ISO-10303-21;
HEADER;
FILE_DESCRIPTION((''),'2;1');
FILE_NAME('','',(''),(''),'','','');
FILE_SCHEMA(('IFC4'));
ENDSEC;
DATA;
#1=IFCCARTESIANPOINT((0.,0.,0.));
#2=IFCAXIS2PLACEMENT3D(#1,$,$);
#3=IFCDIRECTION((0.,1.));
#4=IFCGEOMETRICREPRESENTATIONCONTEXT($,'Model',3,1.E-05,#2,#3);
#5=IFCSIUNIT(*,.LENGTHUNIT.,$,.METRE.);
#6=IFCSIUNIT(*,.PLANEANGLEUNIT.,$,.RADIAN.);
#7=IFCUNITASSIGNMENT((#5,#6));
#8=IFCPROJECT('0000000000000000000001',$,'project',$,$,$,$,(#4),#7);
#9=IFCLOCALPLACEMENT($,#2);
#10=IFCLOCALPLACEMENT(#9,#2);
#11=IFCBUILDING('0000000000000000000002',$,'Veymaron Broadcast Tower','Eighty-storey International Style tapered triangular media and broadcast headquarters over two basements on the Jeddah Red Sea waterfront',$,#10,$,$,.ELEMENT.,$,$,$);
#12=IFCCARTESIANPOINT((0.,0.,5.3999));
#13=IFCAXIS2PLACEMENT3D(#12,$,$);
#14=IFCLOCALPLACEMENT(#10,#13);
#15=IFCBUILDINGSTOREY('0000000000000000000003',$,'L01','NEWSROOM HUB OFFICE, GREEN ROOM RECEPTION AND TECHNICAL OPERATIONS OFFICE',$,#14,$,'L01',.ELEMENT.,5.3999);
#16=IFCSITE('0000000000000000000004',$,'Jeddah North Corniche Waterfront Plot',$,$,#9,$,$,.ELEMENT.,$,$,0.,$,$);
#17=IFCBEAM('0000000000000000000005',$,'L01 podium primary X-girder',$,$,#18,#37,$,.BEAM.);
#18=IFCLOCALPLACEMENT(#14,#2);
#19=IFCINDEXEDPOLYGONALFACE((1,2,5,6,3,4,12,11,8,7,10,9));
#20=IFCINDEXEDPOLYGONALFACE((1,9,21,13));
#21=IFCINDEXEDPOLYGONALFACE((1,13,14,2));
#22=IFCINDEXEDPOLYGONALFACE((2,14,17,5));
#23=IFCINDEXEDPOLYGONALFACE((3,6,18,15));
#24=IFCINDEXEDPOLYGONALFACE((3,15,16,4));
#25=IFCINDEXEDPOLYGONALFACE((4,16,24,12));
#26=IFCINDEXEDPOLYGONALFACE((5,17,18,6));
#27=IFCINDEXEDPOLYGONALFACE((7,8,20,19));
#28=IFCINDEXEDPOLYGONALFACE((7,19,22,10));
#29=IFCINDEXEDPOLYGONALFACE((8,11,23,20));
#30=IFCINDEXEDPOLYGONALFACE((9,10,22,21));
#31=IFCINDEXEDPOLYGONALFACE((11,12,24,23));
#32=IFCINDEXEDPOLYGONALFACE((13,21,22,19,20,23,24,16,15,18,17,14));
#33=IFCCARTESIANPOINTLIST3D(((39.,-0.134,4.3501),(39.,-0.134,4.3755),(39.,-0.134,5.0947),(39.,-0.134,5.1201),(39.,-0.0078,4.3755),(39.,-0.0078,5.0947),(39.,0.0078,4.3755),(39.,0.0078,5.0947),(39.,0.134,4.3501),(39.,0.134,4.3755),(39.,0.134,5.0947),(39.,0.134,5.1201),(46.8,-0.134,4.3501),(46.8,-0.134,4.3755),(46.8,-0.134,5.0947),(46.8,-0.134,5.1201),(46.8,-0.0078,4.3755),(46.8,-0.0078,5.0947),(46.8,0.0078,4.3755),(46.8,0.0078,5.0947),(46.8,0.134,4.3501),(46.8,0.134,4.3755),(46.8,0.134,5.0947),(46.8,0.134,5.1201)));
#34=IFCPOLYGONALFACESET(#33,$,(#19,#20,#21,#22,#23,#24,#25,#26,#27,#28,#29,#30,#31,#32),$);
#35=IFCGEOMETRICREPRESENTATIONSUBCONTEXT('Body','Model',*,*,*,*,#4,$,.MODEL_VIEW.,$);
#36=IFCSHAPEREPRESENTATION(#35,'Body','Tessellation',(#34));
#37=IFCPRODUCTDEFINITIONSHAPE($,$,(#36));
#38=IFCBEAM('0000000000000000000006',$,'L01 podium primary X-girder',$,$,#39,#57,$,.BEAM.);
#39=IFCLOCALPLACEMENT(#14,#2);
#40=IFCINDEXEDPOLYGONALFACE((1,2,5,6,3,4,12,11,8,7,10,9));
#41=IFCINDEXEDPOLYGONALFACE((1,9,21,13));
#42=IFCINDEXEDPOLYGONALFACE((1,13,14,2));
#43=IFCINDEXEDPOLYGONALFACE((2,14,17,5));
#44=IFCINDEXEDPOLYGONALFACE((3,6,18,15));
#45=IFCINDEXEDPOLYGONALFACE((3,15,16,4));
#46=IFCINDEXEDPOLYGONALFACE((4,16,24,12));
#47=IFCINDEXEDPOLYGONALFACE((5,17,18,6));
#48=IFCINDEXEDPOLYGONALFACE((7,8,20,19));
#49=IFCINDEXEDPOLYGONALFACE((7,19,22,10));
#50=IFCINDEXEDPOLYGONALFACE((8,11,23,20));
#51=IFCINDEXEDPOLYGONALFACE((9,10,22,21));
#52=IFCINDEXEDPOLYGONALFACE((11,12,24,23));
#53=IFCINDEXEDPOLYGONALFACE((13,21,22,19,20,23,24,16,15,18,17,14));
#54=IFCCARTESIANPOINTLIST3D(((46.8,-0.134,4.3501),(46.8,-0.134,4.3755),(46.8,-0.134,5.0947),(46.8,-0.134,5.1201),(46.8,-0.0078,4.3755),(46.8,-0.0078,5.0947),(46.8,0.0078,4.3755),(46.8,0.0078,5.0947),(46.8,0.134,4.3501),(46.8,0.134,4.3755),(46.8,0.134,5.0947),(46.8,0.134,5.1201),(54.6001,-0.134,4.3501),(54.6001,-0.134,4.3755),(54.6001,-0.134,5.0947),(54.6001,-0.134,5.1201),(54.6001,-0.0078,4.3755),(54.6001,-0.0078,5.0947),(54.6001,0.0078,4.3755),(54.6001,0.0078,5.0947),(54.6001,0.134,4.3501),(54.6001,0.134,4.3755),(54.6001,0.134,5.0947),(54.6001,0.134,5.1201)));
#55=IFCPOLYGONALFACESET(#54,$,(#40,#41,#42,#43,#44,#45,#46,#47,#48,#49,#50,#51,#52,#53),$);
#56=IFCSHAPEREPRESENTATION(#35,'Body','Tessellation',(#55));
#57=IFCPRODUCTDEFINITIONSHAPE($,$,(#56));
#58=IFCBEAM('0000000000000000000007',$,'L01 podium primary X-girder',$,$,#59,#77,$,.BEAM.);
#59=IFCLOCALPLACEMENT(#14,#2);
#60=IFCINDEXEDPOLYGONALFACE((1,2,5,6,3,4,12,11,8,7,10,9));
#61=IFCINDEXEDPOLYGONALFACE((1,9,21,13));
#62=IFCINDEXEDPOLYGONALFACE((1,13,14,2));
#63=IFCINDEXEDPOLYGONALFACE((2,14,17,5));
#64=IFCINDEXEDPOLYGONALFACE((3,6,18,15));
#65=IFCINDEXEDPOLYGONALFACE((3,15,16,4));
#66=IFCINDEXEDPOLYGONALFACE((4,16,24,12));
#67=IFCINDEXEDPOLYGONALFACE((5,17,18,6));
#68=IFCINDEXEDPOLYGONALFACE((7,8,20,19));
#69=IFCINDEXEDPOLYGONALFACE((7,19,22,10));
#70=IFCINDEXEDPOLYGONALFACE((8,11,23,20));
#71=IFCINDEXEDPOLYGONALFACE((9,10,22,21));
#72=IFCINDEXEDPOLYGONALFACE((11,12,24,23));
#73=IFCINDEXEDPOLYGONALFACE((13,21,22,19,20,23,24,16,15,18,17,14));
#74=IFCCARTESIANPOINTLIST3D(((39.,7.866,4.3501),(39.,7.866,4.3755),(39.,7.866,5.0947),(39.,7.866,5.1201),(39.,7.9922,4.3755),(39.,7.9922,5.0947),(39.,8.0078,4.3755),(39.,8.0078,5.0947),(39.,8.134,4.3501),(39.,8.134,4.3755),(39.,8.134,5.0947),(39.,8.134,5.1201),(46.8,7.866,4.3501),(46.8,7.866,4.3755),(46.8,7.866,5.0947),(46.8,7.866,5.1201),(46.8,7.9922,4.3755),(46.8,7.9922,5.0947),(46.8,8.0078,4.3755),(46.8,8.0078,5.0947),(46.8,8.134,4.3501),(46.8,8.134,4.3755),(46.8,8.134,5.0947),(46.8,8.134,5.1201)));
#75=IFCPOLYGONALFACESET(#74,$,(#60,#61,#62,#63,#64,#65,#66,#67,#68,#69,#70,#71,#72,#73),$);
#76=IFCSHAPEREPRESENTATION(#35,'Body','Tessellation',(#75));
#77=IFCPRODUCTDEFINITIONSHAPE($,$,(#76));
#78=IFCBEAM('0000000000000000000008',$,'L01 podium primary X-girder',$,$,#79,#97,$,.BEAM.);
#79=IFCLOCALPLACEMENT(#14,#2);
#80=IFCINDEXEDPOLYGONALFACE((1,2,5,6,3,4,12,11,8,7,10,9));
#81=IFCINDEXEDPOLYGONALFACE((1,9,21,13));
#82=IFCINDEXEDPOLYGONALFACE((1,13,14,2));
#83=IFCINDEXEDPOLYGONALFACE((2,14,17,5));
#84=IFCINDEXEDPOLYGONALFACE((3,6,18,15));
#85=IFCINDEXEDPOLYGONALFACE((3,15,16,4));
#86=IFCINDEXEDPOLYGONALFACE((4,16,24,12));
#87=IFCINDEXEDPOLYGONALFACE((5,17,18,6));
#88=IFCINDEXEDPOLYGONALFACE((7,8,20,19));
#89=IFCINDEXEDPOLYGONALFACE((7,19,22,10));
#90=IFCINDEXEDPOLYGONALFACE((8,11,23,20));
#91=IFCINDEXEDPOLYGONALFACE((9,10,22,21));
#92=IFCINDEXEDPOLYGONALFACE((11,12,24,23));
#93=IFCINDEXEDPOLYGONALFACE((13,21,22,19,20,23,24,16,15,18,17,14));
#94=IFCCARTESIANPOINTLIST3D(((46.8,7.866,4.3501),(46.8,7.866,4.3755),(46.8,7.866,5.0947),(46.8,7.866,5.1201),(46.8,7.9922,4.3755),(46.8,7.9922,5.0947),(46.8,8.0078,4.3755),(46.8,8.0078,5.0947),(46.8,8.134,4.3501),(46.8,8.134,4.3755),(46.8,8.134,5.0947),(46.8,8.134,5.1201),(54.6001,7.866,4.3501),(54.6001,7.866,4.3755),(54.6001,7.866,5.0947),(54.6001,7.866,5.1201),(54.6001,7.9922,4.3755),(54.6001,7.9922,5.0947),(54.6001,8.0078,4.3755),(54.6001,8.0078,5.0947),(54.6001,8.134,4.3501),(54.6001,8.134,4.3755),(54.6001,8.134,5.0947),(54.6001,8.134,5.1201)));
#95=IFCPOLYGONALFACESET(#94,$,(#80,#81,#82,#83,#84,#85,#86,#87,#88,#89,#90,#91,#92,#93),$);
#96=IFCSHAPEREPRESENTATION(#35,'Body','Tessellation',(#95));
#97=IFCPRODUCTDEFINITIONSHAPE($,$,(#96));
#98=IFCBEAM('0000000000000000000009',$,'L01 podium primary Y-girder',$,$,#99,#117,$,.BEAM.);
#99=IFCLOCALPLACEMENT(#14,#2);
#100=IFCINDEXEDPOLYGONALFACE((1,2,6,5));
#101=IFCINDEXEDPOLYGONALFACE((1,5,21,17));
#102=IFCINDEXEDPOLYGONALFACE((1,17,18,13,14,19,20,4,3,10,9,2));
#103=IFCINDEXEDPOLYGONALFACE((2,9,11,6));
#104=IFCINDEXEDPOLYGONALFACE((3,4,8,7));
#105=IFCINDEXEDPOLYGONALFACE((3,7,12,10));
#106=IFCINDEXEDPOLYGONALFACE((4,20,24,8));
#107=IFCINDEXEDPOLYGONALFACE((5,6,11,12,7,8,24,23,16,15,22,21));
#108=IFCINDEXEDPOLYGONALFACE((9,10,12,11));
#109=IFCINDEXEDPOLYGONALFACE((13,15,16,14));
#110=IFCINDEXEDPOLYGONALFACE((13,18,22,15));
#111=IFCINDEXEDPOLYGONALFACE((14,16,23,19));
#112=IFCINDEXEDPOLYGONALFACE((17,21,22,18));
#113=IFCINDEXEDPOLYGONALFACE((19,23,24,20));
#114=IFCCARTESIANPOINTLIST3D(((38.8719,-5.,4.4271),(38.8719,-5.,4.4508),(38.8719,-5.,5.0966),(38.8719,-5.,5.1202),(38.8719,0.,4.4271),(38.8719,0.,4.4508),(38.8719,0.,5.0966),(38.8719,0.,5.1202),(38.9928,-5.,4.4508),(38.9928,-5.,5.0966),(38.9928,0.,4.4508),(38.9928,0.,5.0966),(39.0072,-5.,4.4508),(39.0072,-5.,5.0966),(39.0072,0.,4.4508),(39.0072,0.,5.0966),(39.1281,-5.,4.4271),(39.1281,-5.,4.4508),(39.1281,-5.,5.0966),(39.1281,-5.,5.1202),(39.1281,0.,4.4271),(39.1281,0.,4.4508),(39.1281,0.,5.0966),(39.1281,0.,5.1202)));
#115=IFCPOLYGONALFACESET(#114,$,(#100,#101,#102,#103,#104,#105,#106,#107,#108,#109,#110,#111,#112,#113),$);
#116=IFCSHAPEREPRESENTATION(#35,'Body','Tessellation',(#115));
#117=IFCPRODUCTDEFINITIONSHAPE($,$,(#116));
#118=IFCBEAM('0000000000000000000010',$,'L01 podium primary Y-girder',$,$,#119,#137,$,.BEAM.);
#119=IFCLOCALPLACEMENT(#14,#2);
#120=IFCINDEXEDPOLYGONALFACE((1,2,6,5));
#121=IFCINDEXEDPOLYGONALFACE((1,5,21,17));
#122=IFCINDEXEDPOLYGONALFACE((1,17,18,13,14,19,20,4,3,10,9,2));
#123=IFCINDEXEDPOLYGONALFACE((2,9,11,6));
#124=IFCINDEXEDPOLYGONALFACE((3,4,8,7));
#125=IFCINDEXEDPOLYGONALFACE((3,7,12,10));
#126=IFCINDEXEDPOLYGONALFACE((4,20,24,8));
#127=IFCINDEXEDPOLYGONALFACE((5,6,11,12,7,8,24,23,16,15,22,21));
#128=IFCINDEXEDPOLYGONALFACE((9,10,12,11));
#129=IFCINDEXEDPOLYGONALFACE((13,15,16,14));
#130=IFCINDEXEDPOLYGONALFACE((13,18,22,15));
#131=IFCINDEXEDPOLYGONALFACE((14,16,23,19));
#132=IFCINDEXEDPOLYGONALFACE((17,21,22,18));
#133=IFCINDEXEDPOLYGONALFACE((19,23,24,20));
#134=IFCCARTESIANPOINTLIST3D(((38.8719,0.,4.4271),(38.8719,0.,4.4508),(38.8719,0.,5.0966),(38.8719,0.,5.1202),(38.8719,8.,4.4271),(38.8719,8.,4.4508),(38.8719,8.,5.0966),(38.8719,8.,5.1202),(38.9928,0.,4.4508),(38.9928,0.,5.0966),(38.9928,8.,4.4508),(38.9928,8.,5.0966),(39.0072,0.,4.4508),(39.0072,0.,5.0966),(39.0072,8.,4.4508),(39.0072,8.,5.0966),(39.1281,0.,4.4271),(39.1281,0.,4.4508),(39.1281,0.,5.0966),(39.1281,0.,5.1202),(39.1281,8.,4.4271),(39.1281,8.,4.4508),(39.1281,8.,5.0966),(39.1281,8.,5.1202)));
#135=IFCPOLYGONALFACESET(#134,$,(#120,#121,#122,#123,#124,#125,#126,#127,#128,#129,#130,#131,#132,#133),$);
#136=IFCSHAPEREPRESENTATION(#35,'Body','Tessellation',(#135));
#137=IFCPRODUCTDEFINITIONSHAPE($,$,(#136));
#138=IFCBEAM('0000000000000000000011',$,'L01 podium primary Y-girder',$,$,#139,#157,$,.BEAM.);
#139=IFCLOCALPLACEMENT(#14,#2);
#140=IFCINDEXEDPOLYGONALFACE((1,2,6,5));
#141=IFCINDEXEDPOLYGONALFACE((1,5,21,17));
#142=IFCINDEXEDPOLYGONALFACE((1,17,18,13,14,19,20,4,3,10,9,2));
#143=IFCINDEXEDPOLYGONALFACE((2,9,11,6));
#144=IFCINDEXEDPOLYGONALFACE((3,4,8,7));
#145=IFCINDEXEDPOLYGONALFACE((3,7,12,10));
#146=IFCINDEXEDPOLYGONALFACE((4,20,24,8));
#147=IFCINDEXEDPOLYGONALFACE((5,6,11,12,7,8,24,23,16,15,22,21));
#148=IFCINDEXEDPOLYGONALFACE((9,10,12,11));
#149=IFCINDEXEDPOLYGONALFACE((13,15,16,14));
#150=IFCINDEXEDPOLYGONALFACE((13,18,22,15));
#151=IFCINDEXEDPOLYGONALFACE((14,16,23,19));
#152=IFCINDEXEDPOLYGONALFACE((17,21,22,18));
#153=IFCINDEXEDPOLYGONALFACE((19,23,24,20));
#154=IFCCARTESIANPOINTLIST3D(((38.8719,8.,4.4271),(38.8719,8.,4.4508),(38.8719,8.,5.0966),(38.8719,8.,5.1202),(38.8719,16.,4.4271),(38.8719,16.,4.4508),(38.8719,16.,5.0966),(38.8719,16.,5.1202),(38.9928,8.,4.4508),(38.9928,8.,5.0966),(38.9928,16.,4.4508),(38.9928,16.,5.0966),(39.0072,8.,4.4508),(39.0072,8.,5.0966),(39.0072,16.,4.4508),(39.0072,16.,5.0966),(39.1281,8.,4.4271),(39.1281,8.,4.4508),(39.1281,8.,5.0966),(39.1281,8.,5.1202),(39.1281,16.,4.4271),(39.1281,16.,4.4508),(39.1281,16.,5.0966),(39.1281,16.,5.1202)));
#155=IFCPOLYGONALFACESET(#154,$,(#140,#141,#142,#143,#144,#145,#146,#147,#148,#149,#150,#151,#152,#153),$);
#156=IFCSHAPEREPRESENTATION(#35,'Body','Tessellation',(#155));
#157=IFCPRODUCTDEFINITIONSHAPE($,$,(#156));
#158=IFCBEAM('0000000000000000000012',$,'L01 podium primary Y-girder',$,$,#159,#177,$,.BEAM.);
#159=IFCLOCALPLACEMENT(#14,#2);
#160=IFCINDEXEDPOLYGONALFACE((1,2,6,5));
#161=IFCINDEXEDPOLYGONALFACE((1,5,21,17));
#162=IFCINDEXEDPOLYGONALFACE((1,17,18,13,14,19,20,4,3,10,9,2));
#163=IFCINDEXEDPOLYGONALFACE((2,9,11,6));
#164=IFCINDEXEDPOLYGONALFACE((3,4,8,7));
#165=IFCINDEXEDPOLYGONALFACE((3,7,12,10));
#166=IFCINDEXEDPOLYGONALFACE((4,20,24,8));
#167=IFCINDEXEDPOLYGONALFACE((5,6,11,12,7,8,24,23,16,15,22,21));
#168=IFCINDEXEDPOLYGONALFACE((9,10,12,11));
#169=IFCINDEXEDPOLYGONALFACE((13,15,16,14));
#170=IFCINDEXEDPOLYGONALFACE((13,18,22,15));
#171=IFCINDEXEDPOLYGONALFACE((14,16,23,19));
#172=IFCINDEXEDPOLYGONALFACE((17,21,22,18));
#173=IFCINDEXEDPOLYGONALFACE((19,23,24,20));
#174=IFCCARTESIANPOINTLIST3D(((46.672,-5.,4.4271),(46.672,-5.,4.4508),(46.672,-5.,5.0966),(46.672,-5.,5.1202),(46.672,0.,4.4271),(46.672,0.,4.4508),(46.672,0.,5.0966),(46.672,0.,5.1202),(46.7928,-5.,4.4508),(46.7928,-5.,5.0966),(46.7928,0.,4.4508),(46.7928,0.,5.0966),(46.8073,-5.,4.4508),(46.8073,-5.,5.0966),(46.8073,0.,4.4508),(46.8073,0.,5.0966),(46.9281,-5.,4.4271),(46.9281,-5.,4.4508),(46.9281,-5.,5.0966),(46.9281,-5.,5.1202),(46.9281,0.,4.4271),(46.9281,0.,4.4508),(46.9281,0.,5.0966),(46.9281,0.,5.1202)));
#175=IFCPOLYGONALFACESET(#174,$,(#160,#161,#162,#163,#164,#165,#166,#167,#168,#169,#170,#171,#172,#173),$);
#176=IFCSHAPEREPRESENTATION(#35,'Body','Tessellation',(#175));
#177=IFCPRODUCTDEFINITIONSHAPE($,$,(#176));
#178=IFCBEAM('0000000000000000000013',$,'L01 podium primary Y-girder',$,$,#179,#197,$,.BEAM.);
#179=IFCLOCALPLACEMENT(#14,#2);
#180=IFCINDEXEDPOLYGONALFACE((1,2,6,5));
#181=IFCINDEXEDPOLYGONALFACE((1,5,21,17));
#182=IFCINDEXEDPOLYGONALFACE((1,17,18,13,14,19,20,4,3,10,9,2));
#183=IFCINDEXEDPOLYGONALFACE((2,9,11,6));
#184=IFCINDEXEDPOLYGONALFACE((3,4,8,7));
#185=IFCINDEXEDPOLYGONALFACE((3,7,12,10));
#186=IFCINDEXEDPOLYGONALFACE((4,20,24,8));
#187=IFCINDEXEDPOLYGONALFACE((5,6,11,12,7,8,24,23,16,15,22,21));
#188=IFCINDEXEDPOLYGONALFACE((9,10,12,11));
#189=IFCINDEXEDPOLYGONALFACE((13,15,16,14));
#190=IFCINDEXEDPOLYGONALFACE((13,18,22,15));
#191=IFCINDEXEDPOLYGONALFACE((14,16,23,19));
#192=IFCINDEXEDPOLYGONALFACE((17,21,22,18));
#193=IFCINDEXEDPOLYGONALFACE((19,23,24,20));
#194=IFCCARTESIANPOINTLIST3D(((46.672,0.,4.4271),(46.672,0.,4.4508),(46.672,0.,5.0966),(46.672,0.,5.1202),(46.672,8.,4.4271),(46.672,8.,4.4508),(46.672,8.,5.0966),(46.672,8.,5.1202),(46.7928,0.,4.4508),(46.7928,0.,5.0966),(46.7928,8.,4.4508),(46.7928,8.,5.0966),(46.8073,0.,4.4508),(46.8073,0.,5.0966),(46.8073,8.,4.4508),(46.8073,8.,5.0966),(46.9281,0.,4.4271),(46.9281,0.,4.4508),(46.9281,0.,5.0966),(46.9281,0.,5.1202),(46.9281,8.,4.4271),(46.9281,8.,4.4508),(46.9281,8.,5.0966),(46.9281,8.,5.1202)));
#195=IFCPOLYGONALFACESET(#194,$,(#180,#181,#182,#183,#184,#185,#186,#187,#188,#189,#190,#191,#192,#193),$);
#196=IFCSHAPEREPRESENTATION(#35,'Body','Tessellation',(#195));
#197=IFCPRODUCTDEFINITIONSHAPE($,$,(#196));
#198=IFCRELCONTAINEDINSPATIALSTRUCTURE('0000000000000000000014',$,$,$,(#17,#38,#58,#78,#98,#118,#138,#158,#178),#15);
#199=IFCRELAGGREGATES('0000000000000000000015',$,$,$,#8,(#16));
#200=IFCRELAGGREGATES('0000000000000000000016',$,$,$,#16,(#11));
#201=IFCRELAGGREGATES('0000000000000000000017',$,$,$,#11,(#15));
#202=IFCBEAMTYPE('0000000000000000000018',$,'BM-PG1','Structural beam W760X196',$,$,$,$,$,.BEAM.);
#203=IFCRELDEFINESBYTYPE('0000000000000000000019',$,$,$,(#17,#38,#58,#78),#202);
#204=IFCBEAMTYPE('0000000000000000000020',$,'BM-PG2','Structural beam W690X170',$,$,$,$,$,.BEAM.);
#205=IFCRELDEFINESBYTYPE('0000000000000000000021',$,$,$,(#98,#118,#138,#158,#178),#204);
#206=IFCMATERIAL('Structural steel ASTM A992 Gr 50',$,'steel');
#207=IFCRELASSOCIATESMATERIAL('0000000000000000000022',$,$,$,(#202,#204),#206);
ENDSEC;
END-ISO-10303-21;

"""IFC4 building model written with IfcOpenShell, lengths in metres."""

from ifc_helpers import new_model, si_unit, direction, frame, origin, origin_2d, place, context, subcontext, project, spatial, i_section, extrude, material, material_profile, profile_set, type_object, element, save


model = new_model("IFC4")

# Units and contexts
model_context = context("Model", 3, precision=1e-05, world=origin(), true_north=direction((0.0, 1.0)))
body_context = subcontext(model_context, "Body", "Model", "MODEL_VIEW")
ifc_project = project(units=[si_unit("LENGTHUNIT", "METRE"), si_unit("PLANEANGLEUNIT", "RADIAN")], contexts=[model_context])

# Site, building, storey
site_placement = place(None, origin())
site = spatial("IfcSite", under=ifc_project, at=site_placement, Name="Jeddah North Corniche Waterfront Plot", CompositionType="ELEMENT", RefElevation=0.0)
building_placement = place(site_placement, origin())
building = spatial("IfcBuilding", under=site, at=building_placement, Name="Veymaron Broadcast Tower", Description="Eighty-storey International Style tapered triangular media and broadcast headquarters over two basements on the Jeddah Red Sea waterfront", CompositionType="ELEMENT")
storey_placement = place(building_placement, frame((0.0, 0.0, 5.3999)))
storey = spatial("IfcBuildingStorey", under=building, at=storey_placement, Name="L01", Description="NEWSROOM HUB OFFICE, GREEN ROOM RECEPTION AND TECHNICAL OPERATIONS OFFICE", LongName="L01", CompositionType="ELEMENT", Elevation=5.3999)

# Shared definitions
ifc_material_1 = material(Name="Structural steel ASTM A992 Gr 50", Category="steel")

# Beams
ifc_material_profile_1 = material_profile(ifc_material_1, i_section(OverallWidth=0.2681, OverallDepth=0.77, WebThickness=0.0156, FlangeThickness=0.0254, at=origin_2d()), Name="W760X196")
ifc_profile_set_1 = profile_set([ifc_material_profile_1], Name="Structural steel ASTM A992 Gr 50")
beam_type_1 = type_object("IfcBeamType", Name="BM-PG1", Description="Structural beam W760X196", PredefinedType="BEAM", material=ifc_profile_set_1)
for number, where, z_axis, x_axis, name in (
    (1, (39.0, 0.0, 4.7351), (1.0, 0.0, 0.0), (0.0, 1.0, 0.0), "L01 podium primary X-girder"),
    (2, (46.8, 0.0, 4.7351), (1.0, 0.0, 0.0), (0.0, 1.0, 0.0), "L01 podium primary X-girder"),
    (3, (39.0, 8.0, 4.7351), (1.0, 0.0, 0.0), (0.0, 1.0, 0.0), "L01 podium primary X-girder"),
    (4, (46.8, 8.0, 4.7351), (1.0, 0.0, 0.0), (0.0, 1.0, 0.0), "L01 podium primary X-girder"),
):
    element("IfcBeam", number, at=place(storey_placement, frame(where, z_axis=z_axis, x_axis=x_axis)), inside=storey, type_object=beam_type_1, Name=name, PredefinedType="BEAM", context=body_context, shape_type="SweptSolid", body=[
        extrude(i_section(OverallWidth=0.2681, OverallDepth=0.77, WebThickness=0.0156, FlangeThickness=0.0254, at=origin_2d()), origin(), (0.0, 0.0, 1.0), 7.8),
    ])
ifc_material_profile_2 = material_profile(ifc_material_1, i_section(OverallWidth=0.2561, OverallDepth=0.6931, WebThickness=0.0144, FlangeThickness=0.0237, at=origin_2d()), Name="W690X170")
ifc_profile_set_2 = profile_set([ifc_material_profile_2], Name="Structural steel ASTM A992 Gr 50")
beam_type_2 = type_object("IfcBeamType", Name="BM-PG2", Description="Structural beam W690X170", PredefinedType="BEAM", material=ifc_profile_set_2)
beam_1_placement = place(storey_placement, frame((39.0, -5.0, 4.7737), z_axis=(0.0, 1.0, 0.0), x_axis=(-1.0, 0.0, 0.0)))
element("IfcBeam", 5, at=beam_1_placement, inside=storey, type_object=beam_type_2, Name="L01 podium primary Y-girder", PredefinedType="BEAM", context=body_context, shape_type="SweptSolid", body=[
    extrude(i_section(OverallWidth=0.2561, OverallDepth=0.6931, WebThickness=0.0144, FlangeThickness=0.0237, at=origin_2d()), origin(), (0.0, 0.0, 1.0), 5.0),
])
for number, where, z_axis, x_axis, name in (
    (6, (39.0, 0.0, 4.7737), (0.0, 1.0, 0.0), (-1.0, 0.0, 0.0), "L01 podium primary Y-girder"),
    (7, (39.0, 8.0, 4.7737), (0.0, 1.0, 0.0), (-1.0, 0.0, 0.0), "L01 podium primary Y-girder"),
):
    element("IfcBeam", number, at=place(storey_placement, frame(where, z_axis=z_axis, x_axis=x_axis)), inside=storey, type_object=beam_type_2, Name=name, PredefinedType="BEAM", context=body_context, shape_type="SweptSolid", body=[
        extrude(i_section(OverallWidth=0.2561, OverallDepth=0.6931, WebThickness=0.0144, FlangeThickness=0.0237, at=origin_2d()), origin(), (0.0, 0.0, 1.0), 8.0),
    ])
beam_2_placement = place(storey_placement, frame((46.8, -5.0, 4.7737), z_axis=(0.0, 1.0, 0.0), x_axis=(-1.0, 0.0, 0.0)))
element("IfcBeam", 8, at=beam_2_placement, inside=storey, type_object=beam_type_2, Name="L01 podium primary Y-girder", PredefinedType="BEAM", context=body_context, shape_type="SweptSolid", body=[
    extrude(i_section(OverallWidth=0.2561, OverallDepth=0.6931, WebThickness=0.0144, FlangeThickness=0.0237, at=origin_2d()), origin(), (0.0, 0.0, 1.0), 5.0),
])
for number, where, z_axis, x_axis, name in (
    (9, (46.8, 0.0, 4.7737), (0.0, 1.0, 0.0), (-1.0, 0.0, 0.0), "L01 podium primary Y-girder"),
):
    element("IfcBeam", number, at=place(storey_placement, frame(where, z_axis=z_axis, x_axis=x_axis)), inside=storey, type_object=beam_type_2, Name=name, PredefinedType="BEAM", context=body_context, shape_type="SweptSolid", body=[
        extrude(i_section(OverallWidth=0.2561, OverallDepth=0.6931, WebThickness=0.0144, FlangeThickness=0.0237, at=origin_2d()), origin(), (0.0, 0.0, 1.0), 8.0),
    ])

save(model, "model.ifc")
